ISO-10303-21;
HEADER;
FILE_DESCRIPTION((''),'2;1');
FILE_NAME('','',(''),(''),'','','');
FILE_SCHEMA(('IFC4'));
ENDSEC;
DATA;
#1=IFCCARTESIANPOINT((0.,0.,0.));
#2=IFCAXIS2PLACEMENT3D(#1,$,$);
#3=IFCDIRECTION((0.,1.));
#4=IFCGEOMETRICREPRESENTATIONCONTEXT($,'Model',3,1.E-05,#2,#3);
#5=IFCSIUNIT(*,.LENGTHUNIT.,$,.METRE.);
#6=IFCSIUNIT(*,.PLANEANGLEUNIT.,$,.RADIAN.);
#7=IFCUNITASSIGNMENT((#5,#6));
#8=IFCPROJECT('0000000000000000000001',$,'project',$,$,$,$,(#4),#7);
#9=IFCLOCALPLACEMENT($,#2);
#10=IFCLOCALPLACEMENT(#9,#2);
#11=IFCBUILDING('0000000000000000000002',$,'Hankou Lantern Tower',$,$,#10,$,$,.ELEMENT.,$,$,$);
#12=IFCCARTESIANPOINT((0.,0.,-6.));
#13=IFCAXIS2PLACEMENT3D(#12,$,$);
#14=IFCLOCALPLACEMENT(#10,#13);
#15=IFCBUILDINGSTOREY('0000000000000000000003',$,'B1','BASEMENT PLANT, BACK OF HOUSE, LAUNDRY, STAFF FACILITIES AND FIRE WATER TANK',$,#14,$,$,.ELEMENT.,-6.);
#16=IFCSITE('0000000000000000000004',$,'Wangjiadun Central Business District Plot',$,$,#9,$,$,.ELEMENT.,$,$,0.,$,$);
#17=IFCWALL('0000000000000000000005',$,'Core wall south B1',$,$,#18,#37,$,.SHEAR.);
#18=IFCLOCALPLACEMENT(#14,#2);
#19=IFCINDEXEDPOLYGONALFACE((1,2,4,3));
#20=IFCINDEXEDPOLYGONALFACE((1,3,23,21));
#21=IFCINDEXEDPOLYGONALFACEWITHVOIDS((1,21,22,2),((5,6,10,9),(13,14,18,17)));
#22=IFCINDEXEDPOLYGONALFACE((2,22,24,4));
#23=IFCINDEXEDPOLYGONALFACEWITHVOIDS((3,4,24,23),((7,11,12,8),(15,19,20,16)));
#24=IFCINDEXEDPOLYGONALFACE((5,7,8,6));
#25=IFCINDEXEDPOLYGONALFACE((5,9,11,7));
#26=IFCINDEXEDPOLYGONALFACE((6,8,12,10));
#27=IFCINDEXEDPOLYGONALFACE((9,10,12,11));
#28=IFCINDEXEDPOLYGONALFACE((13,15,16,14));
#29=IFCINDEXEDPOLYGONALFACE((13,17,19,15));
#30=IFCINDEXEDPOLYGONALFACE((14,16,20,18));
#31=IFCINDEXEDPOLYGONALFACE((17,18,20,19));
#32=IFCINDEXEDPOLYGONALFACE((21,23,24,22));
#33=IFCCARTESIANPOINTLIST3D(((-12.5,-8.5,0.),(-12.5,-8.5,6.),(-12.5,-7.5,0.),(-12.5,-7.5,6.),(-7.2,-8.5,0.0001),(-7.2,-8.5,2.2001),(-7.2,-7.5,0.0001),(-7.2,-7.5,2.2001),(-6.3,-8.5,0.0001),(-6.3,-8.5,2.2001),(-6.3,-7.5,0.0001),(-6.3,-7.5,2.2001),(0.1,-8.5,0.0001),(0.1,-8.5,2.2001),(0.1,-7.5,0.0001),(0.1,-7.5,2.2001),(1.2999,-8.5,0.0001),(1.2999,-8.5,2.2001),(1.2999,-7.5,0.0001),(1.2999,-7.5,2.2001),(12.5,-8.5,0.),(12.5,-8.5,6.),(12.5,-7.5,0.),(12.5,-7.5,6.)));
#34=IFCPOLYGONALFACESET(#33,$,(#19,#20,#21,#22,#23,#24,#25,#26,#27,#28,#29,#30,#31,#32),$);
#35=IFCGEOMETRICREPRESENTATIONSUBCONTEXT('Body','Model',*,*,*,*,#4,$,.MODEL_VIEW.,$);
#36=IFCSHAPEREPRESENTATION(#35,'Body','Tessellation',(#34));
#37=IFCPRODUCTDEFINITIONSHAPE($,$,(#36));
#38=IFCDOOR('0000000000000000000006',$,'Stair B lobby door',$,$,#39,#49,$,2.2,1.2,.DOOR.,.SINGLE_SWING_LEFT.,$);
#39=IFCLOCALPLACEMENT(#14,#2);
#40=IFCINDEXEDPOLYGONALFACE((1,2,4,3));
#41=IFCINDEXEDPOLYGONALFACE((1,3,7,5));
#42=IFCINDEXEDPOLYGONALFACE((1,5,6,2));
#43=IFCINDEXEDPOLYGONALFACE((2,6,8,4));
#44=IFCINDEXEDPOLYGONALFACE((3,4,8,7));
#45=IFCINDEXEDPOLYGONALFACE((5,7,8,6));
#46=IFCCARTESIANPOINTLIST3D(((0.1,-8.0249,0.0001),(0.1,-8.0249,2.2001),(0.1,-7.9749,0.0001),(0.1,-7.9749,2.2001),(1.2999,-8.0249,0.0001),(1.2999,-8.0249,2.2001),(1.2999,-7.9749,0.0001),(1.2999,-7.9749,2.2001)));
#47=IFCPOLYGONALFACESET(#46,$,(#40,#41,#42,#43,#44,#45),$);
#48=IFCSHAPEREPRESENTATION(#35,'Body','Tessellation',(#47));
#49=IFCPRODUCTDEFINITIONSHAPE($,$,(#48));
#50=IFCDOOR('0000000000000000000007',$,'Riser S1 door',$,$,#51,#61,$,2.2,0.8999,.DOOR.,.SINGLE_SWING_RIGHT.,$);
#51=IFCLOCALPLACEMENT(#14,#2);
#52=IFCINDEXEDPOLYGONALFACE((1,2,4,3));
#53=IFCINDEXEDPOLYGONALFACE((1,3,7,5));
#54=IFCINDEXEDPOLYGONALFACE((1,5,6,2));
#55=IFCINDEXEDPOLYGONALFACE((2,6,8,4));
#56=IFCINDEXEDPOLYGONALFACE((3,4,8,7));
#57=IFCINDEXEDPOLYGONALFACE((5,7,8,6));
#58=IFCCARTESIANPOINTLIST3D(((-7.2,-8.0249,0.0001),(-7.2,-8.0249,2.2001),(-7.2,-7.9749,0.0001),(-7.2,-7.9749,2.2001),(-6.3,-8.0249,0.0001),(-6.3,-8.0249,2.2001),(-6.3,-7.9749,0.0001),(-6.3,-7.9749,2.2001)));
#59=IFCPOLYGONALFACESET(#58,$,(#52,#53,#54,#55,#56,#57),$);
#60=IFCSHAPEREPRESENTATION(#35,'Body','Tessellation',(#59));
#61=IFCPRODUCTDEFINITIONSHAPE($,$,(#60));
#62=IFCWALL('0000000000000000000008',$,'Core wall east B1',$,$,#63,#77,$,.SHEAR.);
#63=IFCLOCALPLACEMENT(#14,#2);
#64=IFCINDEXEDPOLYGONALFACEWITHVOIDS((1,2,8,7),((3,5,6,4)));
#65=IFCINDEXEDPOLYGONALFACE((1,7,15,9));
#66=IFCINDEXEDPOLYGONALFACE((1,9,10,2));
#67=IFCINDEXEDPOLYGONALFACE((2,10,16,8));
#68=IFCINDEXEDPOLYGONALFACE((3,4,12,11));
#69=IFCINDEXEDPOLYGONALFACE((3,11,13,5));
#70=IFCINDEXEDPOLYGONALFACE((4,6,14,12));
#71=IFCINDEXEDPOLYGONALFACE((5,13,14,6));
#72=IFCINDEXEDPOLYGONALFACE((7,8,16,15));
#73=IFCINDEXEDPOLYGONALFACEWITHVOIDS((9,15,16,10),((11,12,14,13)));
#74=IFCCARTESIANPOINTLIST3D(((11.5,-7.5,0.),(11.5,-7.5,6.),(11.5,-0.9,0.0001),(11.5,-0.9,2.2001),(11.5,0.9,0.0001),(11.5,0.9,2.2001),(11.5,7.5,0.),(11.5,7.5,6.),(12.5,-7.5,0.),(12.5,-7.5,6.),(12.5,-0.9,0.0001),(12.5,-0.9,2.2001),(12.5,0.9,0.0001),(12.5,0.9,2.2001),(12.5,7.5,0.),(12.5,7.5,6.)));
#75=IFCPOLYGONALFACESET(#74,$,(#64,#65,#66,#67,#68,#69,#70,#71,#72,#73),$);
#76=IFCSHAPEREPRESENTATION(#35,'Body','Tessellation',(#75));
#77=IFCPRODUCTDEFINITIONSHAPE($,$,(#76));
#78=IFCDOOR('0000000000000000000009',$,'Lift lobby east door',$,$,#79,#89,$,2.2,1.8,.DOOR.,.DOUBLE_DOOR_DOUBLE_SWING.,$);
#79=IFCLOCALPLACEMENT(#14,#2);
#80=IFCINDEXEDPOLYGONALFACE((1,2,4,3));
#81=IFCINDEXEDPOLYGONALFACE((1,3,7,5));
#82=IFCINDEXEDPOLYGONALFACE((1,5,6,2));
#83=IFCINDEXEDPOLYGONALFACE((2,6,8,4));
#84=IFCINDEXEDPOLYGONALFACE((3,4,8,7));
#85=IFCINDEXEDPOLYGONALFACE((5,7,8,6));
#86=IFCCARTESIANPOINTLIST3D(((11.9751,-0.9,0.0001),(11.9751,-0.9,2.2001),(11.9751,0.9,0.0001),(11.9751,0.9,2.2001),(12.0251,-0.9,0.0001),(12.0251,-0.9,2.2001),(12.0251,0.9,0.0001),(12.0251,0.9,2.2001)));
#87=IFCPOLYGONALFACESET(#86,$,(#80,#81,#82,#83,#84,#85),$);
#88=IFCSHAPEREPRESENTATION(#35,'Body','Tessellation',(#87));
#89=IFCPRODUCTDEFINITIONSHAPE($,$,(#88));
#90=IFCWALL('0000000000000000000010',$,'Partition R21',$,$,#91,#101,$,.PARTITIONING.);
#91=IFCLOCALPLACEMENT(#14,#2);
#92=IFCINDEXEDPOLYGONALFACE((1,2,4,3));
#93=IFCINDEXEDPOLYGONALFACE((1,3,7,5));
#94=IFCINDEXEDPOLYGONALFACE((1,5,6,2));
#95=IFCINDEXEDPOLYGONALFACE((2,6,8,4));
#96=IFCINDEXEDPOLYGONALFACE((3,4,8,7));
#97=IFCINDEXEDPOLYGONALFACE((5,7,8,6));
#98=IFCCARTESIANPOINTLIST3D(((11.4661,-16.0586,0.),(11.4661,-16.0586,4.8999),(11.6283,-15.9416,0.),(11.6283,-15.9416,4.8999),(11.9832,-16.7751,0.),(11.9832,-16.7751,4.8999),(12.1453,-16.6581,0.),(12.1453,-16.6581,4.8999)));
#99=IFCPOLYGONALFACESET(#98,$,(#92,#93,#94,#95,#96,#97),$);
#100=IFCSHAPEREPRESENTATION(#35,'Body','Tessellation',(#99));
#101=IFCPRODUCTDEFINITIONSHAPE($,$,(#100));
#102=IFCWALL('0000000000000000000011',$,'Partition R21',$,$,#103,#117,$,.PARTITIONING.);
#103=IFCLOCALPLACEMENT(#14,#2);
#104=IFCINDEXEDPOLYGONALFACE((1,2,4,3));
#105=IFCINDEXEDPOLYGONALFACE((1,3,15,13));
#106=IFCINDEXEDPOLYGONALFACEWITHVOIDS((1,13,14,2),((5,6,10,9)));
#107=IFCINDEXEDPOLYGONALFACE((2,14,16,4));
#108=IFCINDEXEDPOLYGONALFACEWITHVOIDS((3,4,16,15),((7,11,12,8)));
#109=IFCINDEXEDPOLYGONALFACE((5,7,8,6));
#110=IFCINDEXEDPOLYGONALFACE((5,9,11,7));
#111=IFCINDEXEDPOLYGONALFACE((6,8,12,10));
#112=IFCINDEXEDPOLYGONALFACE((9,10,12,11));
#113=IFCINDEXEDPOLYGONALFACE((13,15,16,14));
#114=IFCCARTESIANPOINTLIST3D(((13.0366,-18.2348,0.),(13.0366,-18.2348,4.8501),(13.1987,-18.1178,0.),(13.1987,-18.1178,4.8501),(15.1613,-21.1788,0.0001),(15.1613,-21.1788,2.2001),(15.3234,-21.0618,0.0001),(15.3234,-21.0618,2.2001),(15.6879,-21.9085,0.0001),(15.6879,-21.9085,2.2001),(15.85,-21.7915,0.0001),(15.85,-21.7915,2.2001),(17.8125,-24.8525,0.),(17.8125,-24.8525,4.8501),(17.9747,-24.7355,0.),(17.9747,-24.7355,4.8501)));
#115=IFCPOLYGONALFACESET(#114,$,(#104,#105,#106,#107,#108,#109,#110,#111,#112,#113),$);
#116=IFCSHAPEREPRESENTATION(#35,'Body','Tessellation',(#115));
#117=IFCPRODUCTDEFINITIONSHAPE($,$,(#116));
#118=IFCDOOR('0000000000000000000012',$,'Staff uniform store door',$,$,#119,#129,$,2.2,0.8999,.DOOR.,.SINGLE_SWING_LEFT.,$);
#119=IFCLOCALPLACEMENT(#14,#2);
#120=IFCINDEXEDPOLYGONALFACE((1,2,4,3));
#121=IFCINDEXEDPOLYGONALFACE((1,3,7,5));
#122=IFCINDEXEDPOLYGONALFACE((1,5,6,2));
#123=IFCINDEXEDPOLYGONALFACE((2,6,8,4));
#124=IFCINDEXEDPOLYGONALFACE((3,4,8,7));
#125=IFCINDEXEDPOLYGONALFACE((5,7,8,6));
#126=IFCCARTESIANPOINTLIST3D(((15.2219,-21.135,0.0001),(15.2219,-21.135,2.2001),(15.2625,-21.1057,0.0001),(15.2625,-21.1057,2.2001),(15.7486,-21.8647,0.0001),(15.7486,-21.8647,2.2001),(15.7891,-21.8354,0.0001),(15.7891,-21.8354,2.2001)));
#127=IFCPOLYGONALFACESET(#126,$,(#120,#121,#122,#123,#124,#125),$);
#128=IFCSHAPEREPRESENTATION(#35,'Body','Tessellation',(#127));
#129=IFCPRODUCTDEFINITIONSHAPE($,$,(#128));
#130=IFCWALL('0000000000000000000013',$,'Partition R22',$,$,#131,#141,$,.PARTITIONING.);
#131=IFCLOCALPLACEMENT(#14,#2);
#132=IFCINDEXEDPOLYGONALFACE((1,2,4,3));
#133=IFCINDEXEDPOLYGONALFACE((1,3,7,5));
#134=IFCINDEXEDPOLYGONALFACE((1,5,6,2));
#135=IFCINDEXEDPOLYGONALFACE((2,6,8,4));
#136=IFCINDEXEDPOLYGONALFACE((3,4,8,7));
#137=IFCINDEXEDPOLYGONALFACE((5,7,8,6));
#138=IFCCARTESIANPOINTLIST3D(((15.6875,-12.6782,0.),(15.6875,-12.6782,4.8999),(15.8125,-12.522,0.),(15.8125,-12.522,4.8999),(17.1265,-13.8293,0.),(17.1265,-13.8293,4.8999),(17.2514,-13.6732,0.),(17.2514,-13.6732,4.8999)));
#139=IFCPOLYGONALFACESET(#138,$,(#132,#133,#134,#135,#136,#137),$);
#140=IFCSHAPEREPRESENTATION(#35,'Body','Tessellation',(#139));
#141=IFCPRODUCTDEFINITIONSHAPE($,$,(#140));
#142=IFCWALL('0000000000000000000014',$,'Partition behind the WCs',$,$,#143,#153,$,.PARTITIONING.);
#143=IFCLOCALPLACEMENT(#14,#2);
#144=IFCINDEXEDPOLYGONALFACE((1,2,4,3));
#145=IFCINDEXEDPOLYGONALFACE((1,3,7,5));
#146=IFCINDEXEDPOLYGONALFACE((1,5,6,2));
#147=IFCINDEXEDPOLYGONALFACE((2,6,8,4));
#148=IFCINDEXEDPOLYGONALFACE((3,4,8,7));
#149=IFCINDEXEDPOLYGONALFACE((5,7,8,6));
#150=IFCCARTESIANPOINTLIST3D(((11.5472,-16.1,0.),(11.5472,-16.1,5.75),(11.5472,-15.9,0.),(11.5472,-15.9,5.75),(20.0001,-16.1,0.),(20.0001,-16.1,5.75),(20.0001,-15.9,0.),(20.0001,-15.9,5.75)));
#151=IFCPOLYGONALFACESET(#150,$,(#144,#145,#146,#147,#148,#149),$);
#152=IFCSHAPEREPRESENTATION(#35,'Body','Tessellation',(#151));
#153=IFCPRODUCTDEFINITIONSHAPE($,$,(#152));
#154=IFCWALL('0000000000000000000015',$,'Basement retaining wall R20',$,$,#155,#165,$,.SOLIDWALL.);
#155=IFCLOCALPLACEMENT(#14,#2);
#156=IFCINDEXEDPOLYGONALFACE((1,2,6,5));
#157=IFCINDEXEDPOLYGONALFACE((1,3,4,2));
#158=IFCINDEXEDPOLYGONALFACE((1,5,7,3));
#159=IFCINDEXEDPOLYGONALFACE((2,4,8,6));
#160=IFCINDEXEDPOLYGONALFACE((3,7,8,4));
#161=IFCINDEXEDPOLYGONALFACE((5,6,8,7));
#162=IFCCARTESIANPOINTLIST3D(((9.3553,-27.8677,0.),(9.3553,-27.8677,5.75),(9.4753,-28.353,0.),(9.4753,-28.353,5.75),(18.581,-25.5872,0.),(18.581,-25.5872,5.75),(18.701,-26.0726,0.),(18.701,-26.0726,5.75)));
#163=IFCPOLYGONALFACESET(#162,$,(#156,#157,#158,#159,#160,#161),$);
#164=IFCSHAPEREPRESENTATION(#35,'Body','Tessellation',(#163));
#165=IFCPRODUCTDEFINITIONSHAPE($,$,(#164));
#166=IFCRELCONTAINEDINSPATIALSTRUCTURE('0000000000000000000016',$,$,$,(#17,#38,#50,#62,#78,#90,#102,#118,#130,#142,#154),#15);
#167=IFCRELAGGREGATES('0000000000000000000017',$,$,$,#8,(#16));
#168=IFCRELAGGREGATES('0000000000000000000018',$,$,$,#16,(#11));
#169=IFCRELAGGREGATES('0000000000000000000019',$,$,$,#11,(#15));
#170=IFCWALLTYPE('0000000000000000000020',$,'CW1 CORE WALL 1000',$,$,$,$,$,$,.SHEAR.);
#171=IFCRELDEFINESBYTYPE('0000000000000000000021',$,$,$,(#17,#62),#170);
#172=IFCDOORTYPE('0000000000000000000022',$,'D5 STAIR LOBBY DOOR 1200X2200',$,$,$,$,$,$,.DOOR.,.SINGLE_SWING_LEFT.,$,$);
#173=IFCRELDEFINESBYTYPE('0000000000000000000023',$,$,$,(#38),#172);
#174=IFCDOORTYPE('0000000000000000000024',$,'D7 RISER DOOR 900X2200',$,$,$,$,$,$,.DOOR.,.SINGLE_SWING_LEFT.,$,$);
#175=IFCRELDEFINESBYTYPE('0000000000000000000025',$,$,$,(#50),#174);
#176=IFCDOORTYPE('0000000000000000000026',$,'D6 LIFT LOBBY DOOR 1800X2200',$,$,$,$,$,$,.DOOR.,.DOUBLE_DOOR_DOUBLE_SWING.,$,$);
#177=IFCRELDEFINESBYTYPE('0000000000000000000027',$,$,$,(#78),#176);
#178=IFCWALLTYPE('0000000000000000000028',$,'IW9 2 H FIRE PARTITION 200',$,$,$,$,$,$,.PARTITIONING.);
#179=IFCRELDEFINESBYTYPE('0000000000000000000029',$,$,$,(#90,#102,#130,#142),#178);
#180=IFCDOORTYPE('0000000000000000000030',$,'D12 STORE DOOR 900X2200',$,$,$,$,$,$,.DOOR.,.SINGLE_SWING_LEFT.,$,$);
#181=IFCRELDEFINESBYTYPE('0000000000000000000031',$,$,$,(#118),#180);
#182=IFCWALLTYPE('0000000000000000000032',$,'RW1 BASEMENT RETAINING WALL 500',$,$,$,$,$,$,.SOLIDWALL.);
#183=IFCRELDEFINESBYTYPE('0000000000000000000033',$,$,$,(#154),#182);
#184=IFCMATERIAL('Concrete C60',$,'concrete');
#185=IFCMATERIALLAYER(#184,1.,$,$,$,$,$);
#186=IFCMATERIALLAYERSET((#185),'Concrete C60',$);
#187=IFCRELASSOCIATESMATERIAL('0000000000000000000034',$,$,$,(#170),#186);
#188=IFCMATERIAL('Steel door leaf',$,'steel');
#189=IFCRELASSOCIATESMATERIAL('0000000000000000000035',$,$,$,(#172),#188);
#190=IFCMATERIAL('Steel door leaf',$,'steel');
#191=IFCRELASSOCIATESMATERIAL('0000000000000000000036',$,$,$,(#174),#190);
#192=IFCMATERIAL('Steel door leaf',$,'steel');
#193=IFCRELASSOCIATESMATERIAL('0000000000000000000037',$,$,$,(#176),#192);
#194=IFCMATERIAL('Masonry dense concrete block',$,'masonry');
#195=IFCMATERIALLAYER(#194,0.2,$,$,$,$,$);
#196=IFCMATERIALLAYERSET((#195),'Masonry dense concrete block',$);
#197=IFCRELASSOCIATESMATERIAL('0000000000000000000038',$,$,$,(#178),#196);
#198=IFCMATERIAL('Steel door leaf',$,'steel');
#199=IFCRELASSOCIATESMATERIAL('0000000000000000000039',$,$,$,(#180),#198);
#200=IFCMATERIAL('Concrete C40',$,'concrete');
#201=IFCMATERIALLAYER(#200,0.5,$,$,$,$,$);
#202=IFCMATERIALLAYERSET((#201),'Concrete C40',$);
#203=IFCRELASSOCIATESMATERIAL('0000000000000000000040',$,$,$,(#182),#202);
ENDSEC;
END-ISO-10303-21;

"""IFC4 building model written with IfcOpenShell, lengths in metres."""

from ifc_helpers import new_model, si_unit, direction, frame, frame_2d, origin, place, context, subcontext, project, spatial, rectangle, extrude, material, layer, layer_set, type_object, element, fill, save


model = new_model("IFC4")

# Units and contexts
model_context = context("Model", 3, precision=1e-05, world=origin(), true_north=direction((0.0, 1.0)))
body_context = subcontext(model_context, "Body", "Model", "MODEL_VIEW")
ifc_project = project(units=[si_unit("LENGTHUNIT", "METRE"), si_unit("PLANEANGLEUNIT", "RADIAN")], contexts=[model_context])

# Site, building, storey
site_placement = place(None, origin())
site = spatial("IfcSite", under=ifc_project, at=site_placement, Name="Wangjiadun Central Business District Plot", CompositionType="ELEMENT", RefElevation=0.0)
building_placement = place(site_placement, origin())
building = spatial("IfcBuilding", under=site, at=building_placement, Name="Hankou Lantern Tower", CompositionType="ELEMENT")
storey_placement = place(building_placement, frame((0.0, 0.0, -6.0)))
storey = spatial("IfcBuildingStorey", under=building, at=storey_placement, Name="B1", Description="BASEMENT PLANT, BACK OF HOUSE, LAUNDRY, STAFF FACILITIES AND FIRE WATER TANK", CompositionType="ELEMENT", Elevation=-6.0)

# Wall, openings, doors
ifc_material_1 = material(Name="Concrete C60", Category="concrete")
ifc_layer_1 = layer(ifc_material_1, 1.0)
ifc_layer_set_1 = layer_set([ifc_layer_1], Name="Concrete C60")
wall_type_1 = type_object("IfcWallType", Name="CW1 CORE WALL 1000", PredefinedType="SHEAR", material=ifc_layer_set_1)
wall_1_placement = place(storey_placement, frame((12.5, -8.0, 0.0), z_axis=(0.0, 0.0, 1.0), x_axis=(-1.0, 0.0, 0.0)))
wall_1 = element("IfcWall", 1, at=wall_1_placement, inside=storey, type_object=wall_type_1, Name="Core wall south B1", PredefinedType="SHEAR", context=body_context, shape_type="SweptSolid", body=[
    extrude(rectangle(XDim=25.0, YDim=1.0, at=frame_2d((12.5, 0.0))), origin(), (0.0, 0.0, 1.0), 6.0),
])
opening_1_placement = place(wall_1_placement, frame((11.2, 0.0, 0.0)))
opening_1 = element("IfcOpeningElement", 2, at=opening_1_placement, cuts=wall_1, PredefinedType="OPENING", context=body_context, shape_type="SweptSolid", body=[
    extrude(rectangle(XDim=1.2, YDim=2.2, at=frame_2d((0.6001, 1.1001))), frame((0.0, 0.51, 0.0), z_axis=(0.0, -1.0, 0.0), x_axis=(1.0, 0.0, 0.0)), (0.0, 0.0, 1.0), 1.02),
])
opening_2_placement = place(wall_1_placement, frame((18.8, 0.0, 0.0)))
opening_2 = element("IfcOpeningElement", 3, at=opening_2_placement, cuts=wall_1, PredefinedType="OPENING", context=body_context, shape_type="SweptSolid", body=[
    extrude(rectangle(XDim=0.8999, YDim=2.2, at=frame_2d((0.45, 1.1001))), frame((0.0, 0.51, 0.0), z_axis=(0.0, -1.0, 0.0), x_axis=(1.0, 0.0, 0.0)), (0.0, 0.0, 1.0), 1.02),
])
ifc_material_2 = material(Name="Steel door leaf", Category="steel")
door_type_1 = type_object("IfcDoorType", Name="D5 STAIR LOBBY DOOR 1200X2200", OperationType="SINGLE_SWING_LEFT", PredefinedType="DOOR", material=ifc_material_2)
door_1_placement = place(opening_1_placement, origin())
door_1 = element("IfcDoor", 4, at=door_1_placement, inside=storey, type_object=door_type_1, Name="Stair B lobby door", OperationType="SINGLE_SWING_LEFT", OverallHeight=2.2, OverallWidth=1.2, PredefinedType="DOOR", context=body_context, shape_type="SweptSolid", body=[
    extrude(rectangle(XDim=1.2, YDim=2.2, at=frame_2d((0.6001, 1.1001))), frame((0.0, 0.0249, 0.0), z_axis=(0.0, -1.0, 0.0), x_axis=(1.0, 0.0, 0.0)), (0.0, 0.0, 1.0), 0.05),
])
fill(opening_1, door_1)
ifc_material_3 = material(Name="Steel door leaf", Category="steel")
door_type_2 = type_object("IfcDoorType", Name="D7 RISER DOOR 900X2200", OperationType="SINGLE_SWING_LEFT", PredefinedType="DOOR", material=ifc_material_3)
door_2_placement = place(opening_2_placement, origin())
door_2 = element("IfcDoor", 5, at=door_2_placement, inside=storey, type_object=door_type_2, Name="Riser S1 door", OperationType="SINGLE_SWING_RIGHT", OverallHeight=2.2, OverallWidth=0.8999, PredefinedType="DOOR", context=body_context, shape_type="SweptSolid", body=[
    extrude(rectangle(XDim=0.8999, YDim=2.2, at=frame_2d((0.45, 1.1001))), frame((0.0, 0.0249, 0.0), z_axis=(0.0, -1.0, 0.0), x_axis=(1.0, 0.0, 0.0)), (0.0, 0.0, 1.0), 0.05),
])
fill(opening_2, door_2)

# Wall, opening, door
wall_2_placement = place(storey_placement, frame((12.0, -7.5, 0.0), z_axis=(0.0, 0.0, 1.0), x_axis=(0.0, 1.0, 0.0)))
wall_2 = element("IfcWall", 6, at=wall_2_placement, inside=storey, type_object=wall_type_1, Name="Core wall east B1", PredefinedType="SHEAR", context=body_context, shape_type="SweptSolid", body=[
    extrude(rectangle(XDim=15.0, YDim=1.0, at=frame_2d((7.5, 0.0))), origin(), (0.0, 0.0, 1.0), 6.0),
])
opening_3_placement = place(wall_2_placement, frame((6.6001, 0.0, 0.0)))
opening_3 = element("IfcOpeningElement", 7, at=opening_3_placement, cuts=wall_2, PredefinedType="OPENING", context=body_context, shape_type="SweptSolid", body=[
    extrude(rectangle(XDim=1.8, YDim=2.2, at=frame_2d((0.8999, 1.1001))), frame((0.0, 0.51, 0.0), z_axis=(0.0, -1.0, 0.0), x_axis=(1.0, 0.0, 0.0)), (0.0, 0.0, 1.0), 1.02),
])
ifc_material_4 = material(Name="Steel door leaf", Category="steel")
door_type_3 = type_object("IfcDoorType", Name="D6 LIFT LOBBY DOOR 1800X2200", OperationType="DOUBLE_DOOR_DOUBLE_SWING", PredefinedType="DOOR", material=ifc_material_4)
door_3_placement = place(opening_3_placement, origin())
door_3 = element("IfcDoor", 8, at=door_3_placement, inside=storey, type_object=door_type_3, Name="Lift lobby east door", OperationType="DOUBLE_DOOR_DOUBLE_SWING", OverallHeight=2.2, OverallWidth=1.8, PredefinedType="DOOR", context=body_context, shape_type="SweptSolid", body=[
    extrude(rectangle(XDim=1.8, YDim=2.2, at=frame_2d((0.8999, 1.1001))), frame((0.0, 0.0249, 0.0), z_axis=(0.0, -1.0, 0.0), x_axis=(1.0, 0.0, 0.0)), (0.0, 0.0, 1.0), 0.05),
])
fill(opening_3, door_3)

# Wall
ifc_material_5 = material(Name="Masonry dense concrete block", Category="masonry")
ifc_layer_2 = layer(ifc_material_5, 0.2)
ifc_layer_set_2 = layer_set([ifc_layer_2], Name="Masonry dense concrete block")
wall_type_2 = type_object("IfcWallType", Name="IW9 2 H FIRE PARTITION 200", PredefinedType="PARTITIONING", material=ifc_layer_set_2)
wall_3_placement = place(storey_placement, frame((11.5471, -16.0, 0.0), z_axis=(0.0, 0.0, 1.0), x_axis=(0.585178, -0.810905, 0.0)))
element("IfcWall", 9, at=wall_3_placement, inside=storey, type_object=wall_type_2, Name="Partition R21", PredefinedType="PARTITIONING", context=body_context, shape_type="SweptSolid", body=[
    extrude(rectangle(XDim=0.8835, YDim=0.2, at=frame_2d((0.4419, 0.0))), origin(), (0.0, 0.0, 1.0), 4.8999),
])

# Wall, opening, door
wall_4_placement = place(storey_placement, frame((13.1177, -18.1763, 0.0), z_axis=(0.0, 0.0, 1.0), x_axis=(0.585204, -0.810886, 0.0)))
wall_4 = element("IfcWall", 10, at=wall_4_placement, inside=storey, type_object=wall_type_2, Name="Partition R21", PredefinedType="PARTITIONING", context=body_context, shape_type="SweptSolid", body=[
    extrude(rectangle(XDim=8.1611, YDim=0.2, at=frame_2d((4.0806, 0.0))), origin(), (0.0, 0.0, 1.0), 4.8501),
])
opening_4_placement = place(wall_4_placement, frame((3.6306, 0.0, 0.0)))
opening_4 = element("IfcOpeningElement", 11, at=opening_4_placement, cuts=wall_4, PredefinedType="OPENING", context=body_context, shape_type="SweptSolid", body=[
    extrude(rectangle(XDim=0.8999, YDim=2.2, at=frame_2d((0.45, 1.1001))), frame((0.0, 0.1099, 0.0), z_axis=(0.0, -1.0, 0.0), x_axis=(1.0, 0.0, 0.0)), (0.0, 0.0, 1.0), 0.22),
])
ifc_material_6 = material(Name="Steel door leaf", Category="steel")
door_type_4 = type_object("IfcDoorType", Name="D12 STORE DOOR 900X2200", OperationType="SINGLE_SWING_LEFT", PredefinedType="DOOR", material=ifc_material_6)
door_4_placement = place(opening_4_placement, origin())
door_4 = element("IfcDoor", 12, at=door_4_placement, inside=storey, type_object=door_type_4, Name="Staff uniform store door", OperationType="SINGLE_SWING_LEFT", OverallHeight=2.2, OverallWidth=0.8999, PredefinedType="DOOR", context=body_context, shape_type="SweptSolid", body=[
    extrude(rectangle(XDim=0.8999, YDim=2.2, at=frame_2d((0.45, 1.1001))), frame((0.0, 0.0249, 0.0), z_axis=(0.0, -1.0, 0.0), x_axis=(1.0, 0.0, 0.0)), (0.0, 0.0, 1.0), 0.05),
])
fill(opening_4, door_4)

# Walls
wall_5_placement = place(storey_placement, frame((15.75, -12.6001, 0.0), z_axis=(0.0, 0.0, 1.0), x_axis=(0.780882, -0.624679, 0.0)))
element("IfcWall", 13, at=wall_5_placement, inside=storey, type_object=wall_type_2, Name="Partition R22", PredefinedType="PARTITIONING", context=body_context, shape_type="SweptSolid", body=[
    extrude(rectangle(XDim=1.8428, YDim=0.2, at=frame_2d((0.9214, 0.0))), origin(), (0.0, 0.0, 1.0), 4.8999),
])
wall_6_placement = place(storey_placement, frame((11.5471, -16.0, 0.0), z_axis=(0.0, 0.0, 1.0), x_axis=(1.0, 0.0, 0.0)))
element("IfcWall", 14, at=wall_6_placement, inside=storey, type_object=wall_type_2, Name="Partition behind the WCs", PredefinedType="PARTITIONING", context=body_context, shape_type="SweptSolid", body=[
    extrude(rectangle(XDim=8.4529, YDim=0.2, at=frame_2d((4.2266, 0.0))), origin(), (0.0, 0.0, 1.0), 5.75),
])
ifc_material_7 = material(Name="Concrete C40", Category="concrete")
ifc_layer_3 = layer(ifc_material_7, 0.5)
ifc_layer_set_3 = layer_set([ifc_layer_3], Name="Concrete C40")
wall_type_3 = type_object("IfcWallType", Name="RW1 BASEMENT RETAINING WALL 500", PredefinedType="SOLIDWALL", material=ifc_layer_set_3)
wall_7_placement = place(storey_placement, frame((9.4153, -28.1104, 0.0), z_axis=(0.0, 0.0, 1.0), x_axis=(0.970781, 0.239966, 0.0)))
element("IfcWall", 15, at=wall_7_placement, inside=storey, type_object=wall_type_3, Name="Basement retaining wall R20", PredefinedType="SOLIDWALL", context=body_context, shape_type="SweptSolid", body=[
    extrude(rectangle(XDim=9.5034, YDim=0.5, at=frame_2d((4.7517, 0.0))), origin(), (0.0, 0.0, 1.0), 5.75),
])

save(model, "model.ifc")
